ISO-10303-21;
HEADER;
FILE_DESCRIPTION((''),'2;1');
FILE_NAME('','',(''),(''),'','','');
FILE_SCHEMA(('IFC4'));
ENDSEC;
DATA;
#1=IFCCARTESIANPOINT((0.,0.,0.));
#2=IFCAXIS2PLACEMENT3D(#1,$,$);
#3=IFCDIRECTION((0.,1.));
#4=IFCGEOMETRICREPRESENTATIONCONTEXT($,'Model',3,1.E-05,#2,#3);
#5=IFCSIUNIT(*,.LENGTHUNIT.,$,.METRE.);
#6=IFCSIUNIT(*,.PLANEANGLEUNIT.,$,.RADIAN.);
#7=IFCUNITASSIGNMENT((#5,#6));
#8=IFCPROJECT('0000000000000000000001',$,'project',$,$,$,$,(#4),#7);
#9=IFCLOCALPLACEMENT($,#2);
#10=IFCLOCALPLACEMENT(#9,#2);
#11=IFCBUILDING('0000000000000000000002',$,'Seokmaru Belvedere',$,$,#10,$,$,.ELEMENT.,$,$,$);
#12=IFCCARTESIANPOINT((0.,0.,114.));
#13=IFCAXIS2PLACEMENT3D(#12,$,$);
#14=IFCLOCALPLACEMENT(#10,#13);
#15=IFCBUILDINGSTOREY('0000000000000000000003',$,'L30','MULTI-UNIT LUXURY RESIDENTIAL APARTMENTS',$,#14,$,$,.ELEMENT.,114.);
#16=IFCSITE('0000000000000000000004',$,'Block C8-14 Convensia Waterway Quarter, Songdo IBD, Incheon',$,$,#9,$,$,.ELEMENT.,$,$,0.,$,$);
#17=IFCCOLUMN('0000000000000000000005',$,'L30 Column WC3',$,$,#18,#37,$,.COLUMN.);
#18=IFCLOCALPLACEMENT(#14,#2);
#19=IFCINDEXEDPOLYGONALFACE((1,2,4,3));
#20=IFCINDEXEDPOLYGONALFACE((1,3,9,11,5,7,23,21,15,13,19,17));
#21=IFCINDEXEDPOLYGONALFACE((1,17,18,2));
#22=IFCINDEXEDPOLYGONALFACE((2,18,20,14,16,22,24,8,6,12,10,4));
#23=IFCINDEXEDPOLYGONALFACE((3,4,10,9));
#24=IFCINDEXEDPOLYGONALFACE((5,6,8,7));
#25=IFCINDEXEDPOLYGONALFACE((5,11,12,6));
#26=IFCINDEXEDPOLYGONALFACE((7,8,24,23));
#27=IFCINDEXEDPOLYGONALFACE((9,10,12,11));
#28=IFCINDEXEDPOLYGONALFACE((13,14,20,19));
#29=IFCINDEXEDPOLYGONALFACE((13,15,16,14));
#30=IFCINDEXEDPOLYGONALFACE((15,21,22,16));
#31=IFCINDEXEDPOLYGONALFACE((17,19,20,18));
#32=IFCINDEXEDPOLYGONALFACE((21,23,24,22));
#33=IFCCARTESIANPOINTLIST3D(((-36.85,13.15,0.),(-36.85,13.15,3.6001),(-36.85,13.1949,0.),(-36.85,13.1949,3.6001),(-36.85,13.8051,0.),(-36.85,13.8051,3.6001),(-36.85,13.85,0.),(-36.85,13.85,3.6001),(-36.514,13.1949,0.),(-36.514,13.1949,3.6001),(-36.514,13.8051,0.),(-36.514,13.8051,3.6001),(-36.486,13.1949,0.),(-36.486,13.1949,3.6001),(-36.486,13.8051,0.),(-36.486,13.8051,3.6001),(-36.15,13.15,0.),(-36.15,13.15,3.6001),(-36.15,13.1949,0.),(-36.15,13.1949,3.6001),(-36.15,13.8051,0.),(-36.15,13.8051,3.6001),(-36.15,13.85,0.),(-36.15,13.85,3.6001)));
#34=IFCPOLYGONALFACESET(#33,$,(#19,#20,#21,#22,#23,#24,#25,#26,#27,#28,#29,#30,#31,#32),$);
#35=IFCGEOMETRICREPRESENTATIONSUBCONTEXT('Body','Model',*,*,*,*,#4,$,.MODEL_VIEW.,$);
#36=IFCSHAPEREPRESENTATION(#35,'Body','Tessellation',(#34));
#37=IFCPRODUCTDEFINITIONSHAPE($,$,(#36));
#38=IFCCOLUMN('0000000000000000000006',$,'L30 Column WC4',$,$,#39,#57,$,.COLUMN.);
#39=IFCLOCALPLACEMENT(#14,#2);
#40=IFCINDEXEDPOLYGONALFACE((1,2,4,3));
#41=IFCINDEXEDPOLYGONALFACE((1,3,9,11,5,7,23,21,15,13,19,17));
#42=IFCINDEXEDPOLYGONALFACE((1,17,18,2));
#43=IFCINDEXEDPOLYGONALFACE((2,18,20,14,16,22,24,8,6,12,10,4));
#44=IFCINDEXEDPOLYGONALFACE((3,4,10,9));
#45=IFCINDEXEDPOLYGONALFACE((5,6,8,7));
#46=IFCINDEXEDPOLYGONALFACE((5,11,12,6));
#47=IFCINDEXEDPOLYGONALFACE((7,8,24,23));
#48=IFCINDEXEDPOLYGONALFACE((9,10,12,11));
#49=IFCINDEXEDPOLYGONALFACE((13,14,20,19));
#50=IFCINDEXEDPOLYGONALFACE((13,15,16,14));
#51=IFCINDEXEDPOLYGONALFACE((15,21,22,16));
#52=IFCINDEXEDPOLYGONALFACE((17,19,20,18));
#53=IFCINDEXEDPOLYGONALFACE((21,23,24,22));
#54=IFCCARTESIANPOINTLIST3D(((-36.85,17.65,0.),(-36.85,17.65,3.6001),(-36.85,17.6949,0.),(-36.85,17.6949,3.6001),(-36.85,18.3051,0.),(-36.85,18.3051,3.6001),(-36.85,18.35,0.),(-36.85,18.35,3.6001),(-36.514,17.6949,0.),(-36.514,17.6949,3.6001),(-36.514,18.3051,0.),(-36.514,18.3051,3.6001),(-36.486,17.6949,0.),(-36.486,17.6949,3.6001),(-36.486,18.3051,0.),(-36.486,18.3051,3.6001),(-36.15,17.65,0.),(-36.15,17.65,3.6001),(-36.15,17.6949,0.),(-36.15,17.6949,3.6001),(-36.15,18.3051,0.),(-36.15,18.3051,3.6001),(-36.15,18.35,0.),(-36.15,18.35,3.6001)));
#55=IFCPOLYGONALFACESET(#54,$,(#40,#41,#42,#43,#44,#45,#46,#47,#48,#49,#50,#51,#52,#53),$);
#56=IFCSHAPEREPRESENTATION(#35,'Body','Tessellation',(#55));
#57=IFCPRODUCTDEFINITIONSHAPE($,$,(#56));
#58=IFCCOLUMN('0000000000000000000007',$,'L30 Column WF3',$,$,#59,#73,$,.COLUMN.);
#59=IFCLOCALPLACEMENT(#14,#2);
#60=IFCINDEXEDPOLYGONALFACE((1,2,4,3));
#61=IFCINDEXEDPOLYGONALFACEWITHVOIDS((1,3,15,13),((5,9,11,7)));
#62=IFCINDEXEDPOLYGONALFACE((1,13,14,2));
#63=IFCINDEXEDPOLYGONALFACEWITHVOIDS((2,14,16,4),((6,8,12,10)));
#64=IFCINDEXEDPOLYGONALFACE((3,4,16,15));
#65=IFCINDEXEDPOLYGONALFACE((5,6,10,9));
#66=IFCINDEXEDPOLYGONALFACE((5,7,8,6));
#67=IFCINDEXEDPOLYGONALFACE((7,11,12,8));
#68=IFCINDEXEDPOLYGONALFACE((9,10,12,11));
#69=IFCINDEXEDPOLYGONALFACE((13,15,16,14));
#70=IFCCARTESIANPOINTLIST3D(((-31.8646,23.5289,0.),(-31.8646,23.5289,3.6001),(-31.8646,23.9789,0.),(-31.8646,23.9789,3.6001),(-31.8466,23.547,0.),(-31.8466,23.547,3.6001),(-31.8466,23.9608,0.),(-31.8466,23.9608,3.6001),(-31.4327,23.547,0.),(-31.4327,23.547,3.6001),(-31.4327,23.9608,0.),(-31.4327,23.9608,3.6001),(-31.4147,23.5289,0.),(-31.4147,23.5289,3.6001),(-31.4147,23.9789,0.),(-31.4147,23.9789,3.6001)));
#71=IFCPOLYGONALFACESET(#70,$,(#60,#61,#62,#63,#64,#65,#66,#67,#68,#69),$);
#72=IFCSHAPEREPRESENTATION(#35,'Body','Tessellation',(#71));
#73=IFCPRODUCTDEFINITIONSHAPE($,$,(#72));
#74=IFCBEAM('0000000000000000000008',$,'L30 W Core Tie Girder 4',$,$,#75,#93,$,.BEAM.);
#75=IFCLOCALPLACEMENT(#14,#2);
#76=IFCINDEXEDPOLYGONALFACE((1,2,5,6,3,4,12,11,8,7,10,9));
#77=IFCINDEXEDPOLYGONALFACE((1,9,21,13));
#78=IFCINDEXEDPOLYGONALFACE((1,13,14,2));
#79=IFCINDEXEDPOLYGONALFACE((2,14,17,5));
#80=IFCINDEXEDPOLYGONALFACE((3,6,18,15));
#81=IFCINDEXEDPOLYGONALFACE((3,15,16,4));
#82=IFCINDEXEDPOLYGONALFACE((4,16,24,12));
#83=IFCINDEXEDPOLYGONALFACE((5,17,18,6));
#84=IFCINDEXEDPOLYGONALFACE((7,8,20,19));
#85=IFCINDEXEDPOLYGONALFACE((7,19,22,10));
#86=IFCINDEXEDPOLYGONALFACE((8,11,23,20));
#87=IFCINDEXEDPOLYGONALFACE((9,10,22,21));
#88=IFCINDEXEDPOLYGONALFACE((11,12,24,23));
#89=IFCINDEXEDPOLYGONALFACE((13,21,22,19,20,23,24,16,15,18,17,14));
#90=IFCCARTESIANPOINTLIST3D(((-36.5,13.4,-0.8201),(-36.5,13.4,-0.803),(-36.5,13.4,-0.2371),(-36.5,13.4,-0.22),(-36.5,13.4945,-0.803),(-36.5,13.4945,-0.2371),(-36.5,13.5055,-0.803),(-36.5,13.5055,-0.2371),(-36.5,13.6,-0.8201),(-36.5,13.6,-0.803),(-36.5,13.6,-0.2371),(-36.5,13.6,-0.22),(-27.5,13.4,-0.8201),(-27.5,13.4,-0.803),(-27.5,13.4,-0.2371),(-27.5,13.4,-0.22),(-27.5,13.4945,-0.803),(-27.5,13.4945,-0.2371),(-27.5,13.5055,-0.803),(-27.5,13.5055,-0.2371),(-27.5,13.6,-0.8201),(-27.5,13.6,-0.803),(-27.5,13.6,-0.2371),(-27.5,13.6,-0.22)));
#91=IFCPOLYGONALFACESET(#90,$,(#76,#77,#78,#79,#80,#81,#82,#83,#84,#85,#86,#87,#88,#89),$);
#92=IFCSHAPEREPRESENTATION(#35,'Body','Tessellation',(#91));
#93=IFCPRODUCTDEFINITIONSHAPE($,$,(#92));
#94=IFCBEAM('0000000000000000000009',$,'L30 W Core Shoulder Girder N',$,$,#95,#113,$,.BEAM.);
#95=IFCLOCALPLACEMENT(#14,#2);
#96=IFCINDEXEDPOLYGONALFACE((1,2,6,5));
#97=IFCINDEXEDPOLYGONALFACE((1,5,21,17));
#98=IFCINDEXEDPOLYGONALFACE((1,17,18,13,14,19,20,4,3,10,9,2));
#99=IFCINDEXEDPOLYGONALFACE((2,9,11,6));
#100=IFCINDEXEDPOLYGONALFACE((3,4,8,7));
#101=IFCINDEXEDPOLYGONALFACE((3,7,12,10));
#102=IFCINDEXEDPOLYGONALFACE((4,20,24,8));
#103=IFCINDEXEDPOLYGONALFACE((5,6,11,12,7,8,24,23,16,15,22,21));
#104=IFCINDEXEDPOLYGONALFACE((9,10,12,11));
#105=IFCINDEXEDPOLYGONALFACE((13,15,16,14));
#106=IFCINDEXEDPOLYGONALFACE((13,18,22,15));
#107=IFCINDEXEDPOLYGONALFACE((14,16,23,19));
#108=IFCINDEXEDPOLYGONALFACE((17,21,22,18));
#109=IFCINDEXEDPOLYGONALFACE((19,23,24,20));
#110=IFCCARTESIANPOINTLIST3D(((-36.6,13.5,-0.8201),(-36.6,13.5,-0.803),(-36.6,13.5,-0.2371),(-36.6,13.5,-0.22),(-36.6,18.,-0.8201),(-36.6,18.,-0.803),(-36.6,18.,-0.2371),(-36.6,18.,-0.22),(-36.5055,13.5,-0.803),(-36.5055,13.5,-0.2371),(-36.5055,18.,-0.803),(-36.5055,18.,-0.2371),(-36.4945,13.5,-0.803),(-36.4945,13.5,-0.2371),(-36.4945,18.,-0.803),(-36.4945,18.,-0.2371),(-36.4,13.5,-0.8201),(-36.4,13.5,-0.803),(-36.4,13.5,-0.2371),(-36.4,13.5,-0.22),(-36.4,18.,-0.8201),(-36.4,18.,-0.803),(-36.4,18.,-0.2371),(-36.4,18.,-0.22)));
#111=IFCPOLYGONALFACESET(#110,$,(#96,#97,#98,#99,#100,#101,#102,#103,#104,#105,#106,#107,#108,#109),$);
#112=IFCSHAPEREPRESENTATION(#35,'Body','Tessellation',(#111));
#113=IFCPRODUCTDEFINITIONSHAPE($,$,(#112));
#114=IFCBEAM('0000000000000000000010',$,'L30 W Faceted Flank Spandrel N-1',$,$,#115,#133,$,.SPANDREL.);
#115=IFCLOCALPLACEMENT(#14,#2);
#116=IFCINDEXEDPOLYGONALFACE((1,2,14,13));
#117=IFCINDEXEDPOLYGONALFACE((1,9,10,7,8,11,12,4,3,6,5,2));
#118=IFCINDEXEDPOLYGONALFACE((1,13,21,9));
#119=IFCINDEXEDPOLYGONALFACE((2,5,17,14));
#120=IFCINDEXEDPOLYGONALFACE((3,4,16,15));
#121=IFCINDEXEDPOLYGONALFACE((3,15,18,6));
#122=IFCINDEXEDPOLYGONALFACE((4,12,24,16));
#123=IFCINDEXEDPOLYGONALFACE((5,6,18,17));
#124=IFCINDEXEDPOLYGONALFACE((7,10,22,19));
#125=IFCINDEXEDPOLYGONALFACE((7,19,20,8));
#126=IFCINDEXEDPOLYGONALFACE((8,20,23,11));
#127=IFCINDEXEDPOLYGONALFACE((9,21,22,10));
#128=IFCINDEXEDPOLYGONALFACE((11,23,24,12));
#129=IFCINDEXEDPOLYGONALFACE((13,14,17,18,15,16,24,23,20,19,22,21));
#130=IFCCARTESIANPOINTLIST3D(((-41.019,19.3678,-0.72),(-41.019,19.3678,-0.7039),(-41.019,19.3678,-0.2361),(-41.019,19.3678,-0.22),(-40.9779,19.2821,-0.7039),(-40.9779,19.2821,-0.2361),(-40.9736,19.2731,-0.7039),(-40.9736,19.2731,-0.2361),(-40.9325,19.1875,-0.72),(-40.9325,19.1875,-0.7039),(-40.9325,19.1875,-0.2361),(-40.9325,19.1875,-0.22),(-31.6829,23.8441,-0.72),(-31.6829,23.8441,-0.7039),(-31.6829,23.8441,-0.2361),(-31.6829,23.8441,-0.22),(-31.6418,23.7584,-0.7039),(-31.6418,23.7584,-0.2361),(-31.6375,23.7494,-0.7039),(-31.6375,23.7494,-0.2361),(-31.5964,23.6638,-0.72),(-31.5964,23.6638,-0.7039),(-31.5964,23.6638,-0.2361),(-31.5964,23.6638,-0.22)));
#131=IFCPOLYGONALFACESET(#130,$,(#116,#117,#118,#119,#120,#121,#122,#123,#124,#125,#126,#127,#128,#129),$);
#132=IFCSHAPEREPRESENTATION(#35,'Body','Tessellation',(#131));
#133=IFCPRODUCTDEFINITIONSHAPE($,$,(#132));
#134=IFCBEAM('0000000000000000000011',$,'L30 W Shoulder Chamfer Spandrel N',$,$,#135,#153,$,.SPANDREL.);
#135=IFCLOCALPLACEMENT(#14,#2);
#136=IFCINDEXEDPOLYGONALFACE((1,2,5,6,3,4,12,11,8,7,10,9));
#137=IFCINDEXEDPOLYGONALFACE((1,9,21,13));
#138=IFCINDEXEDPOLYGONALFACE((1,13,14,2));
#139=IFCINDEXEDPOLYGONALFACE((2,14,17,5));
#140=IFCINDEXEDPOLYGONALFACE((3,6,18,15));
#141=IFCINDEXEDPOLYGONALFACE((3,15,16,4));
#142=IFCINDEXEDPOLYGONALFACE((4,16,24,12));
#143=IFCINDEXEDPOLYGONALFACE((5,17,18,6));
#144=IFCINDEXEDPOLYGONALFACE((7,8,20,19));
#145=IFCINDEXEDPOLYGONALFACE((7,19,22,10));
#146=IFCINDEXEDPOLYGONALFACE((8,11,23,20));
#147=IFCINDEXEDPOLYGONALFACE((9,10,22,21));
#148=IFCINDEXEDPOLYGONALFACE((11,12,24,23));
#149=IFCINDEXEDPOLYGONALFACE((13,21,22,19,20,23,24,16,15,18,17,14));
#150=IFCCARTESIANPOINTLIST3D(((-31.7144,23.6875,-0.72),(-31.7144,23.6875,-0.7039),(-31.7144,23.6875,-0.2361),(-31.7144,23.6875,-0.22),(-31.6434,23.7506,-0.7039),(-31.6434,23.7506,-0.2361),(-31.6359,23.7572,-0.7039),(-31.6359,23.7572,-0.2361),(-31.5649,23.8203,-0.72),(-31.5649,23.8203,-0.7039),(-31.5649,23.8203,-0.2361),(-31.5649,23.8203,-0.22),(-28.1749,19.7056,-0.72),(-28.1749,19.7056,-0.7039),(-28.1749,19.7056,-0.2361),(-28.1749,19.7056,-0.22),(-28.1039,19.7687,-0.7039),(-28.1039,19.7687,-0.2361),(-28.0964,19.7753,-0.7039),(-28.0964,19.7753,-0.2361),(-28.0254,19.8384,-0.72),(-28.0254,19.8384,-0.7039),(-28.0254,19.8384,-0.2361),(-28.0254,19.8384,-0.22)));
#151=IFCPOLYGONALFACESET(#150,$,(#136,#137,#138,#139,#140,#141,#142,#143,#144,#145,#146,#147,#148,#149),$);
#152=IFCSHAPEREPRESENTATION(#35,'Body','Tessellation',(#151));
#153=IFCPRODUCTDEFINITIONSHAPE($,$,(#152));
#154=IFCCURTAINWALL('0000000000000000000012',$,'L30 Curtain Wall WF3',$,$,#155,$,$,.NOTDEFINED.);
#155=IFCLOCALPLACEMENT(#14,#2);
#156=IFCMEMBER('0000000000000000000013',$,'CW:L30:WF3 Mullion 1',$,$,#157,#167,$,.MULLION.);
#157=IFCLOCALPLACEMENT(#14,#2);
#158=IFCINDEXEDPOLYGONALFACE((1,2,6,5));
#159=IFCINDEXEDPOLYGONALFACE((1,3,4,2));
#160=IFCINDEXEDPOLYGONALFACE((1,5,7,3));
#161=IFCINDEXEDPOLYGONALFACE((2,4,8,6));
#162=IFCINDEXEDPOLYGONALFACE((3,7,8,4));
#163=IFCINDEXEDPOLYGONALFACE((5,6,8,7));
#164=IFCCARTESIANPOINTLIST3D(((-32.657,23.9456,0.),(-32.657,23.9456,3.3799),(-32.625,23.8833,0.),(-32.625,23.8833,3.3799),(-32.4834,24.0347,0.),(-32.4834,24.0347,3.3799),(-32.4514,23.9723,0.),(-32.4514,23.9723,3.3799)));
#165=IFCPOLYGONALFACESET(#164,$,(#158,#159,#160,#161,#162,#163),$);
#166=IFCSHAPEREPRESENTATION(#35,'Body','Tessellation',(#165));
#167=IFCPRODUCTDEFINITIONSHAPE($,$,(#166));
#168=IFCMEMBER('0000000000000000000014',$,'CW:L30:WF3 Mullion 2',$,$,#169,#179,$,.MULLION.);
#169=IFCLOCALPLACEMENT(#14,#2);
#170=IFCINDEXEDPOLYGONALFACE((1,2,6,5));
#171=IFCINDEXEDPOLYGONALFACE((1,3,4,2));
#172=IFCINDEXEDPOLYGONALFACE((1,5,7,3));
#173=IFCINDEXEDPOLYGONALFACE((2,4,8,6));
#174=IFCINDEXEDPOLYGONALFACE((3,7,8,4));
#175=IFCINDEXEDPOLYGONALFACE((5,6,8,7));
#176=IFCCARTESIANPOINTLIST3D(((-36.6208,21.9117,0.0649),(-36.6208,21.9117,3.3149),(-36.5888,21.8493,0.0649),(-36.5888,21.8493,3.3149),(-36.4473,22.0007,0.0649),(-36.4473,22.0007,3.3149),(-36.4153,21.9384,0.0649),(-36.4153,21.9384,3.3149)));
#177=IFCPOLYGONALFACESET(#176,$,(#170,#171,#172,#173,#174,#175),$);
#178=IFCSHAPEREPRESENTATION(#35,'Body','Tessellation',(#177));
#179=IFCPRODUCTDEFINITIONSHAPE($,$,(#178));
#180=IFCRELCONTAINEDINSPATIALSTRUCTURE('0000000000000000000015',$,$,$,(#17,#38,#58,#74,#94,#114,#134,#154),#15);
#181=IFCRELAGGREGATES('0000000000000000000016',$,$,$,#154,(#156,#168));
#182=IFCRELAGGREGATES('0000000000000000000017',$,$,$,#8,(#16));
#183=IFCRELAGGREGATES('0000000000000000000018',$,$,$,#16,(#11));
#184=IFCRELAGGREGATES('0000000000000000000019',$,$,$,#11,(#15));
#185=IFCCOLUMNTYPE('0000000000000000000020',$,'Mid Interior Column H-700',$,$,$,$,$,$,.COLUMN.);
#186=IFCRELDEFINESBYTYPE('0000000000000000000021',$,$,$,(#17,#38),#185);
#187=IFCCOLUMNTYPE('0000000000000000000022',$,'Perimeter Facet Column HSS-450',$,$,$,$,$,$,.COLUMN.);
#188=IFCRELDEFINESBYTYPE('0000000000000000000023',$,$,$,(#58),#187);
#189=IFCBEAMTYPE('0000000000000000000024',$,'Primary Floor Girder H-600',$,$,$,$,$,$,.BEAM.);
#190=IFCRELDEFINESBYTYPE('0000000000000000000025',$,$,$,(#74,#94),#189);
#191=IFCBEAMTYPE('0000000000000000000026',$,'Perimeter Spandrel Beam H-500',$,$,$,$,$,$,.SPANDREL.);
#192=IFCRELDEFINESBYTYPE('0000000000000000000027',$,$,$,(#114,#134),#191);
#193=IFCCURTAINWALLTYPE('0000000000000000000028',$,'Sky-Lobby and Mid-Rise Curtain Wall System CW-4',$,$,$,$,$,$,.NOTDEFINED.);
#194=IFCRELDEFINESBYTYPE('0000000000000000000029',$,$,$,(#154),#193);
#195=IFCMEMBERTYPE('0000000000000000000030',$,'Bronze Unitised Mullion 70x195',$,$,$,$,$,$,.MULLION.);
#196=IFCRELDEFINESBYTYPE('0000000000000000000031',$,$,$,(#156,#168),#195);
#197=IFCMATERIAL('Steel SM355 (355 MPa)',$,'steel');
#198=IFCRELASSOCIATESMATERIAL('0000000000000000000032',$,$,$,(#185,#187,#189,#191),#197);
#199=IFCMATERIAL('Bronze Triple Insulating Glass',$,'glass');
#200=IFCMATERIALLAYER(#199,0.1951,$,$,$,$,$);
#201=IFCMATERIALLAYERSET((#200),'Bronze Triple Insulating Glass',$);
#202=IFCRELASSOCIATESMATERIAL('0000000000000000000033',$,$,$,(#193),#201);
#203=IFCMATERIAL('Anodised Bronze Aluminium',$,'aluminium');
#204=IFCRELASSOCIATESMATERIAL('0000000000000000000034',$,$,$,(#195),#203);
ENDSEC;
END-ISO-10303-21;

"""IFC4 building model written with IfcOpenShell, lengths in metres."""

from ifc_helpers import new_model, si_unit, direction, frame, origin, origin_2d, place, context, subcontext, project, spatial, rectangle, hollow_rectangle, i_section, extrude, source, transform, mapped, material, layer, layer_set, material_profile, profile_set, type_object, type_shapes, element, aggregate, save


model = new_model("IFC4")

# Units and contexts
model_context = context("Model", 3, precision=1e-05, world=origin(), true_north=direction((0.0, 1.0)))
body_context = subcontext(model_context, "Body", "Model", "MODEL_VIEW")
ifc_project = project(units=[si_unit("LENGTHUNIT", "METRE"), si_unit("PLANEANGLEUNIT", "RADIAN")], contexts=[model_context])

# Site, building, storey
site_placement = place(None, origin())
site = spatial("IfcSite", under=ifc_project, at=site_placement, Name="Block C8-14 Convensia Waterway Quarter, Songdo IBD, Incheon", CompositionType="ELEMENT", RefElevation=0.0)
building_placement = place(site_placement, origin())
building = spatial("IfcBuilding", under=site, at=building_placement, Name="Seokmaru Belvedere", CompositionType="ELEMENT")
storey_placement = place(building_placement, frame((0.0, 0.0, 114.0)))
storey = spatial("IfcBuildingStorey", under=building, at=storey_placement, Name="L30", Description="MULTI-UNIT LUXURY RESIDENTIAL APARTMENTS", CompositionType="ELEMENT", Elevation=114.0)

# Columns
ifc_material_1 = material(Name="Steel SM355 (355 MPa)", Category="steel")
ifc_material_profile_1 = material_profile(ifc_material_1, i_section(OverallWidth=0.7, OverallDepth=0.7, WebThickness=0.0281, FlangeThickness=0.0449, at=origin_2d()), Name="H-700x700x28x45")
ifc_profile_set_1 = profile_set([ifc_material_profile_1], Name="Steel SM355 (355 MPa)")
column_type_1 = type_object("IfcColumnType", Name="Mid Interior Column H-700", PredefinedType="COLUMN", material=ifc_profile_set_1)
shared_shape_1 = source(origin(), body_context, "Body", "SweptSolid", [
    extrude(i_section(OverallWidth=0.7, OverallDepth=0.7, WebThickness=0.0281, FlangeThickness=0.0449, at=origin_2d()), origin(), (0.0, 0.0, 1.0), 3.6001),
])
type_shapes(column_type_1, [shared_shape_1])
for number, where, z_axis, x_axis, name in (
    (1, (-36.5, 13.5, 0.0), (0.0, 0.0, 1.0), (1.0, 0.0, 0.0), "L30 Column WC3"),
    (2, (-36.5, 18.0, 0.0), (0.0, 0.0, 1.0), (1.0, 0.0, 0.0), "L30 Column WC4"),
):
    element("IfcColumn", number, at=place(storey_placement, frame(where, z_axis=z_axis, x_axis=x_axis)), inside=storey, type_object=column_type_1, Name=name, PredefinedType="COLUMN", context=body_context, shape_type="MappedRepresentation", body=[
        mapped(shared_shape_1, transform((0.0, 0.0, 0.0), scale=1.0)),
    ])
ifc_material_profile_2 = material_profile(ifc_material_1, hollow_rectangle(XDim=0.45, YDim=0.45, WallThickness=0.0181, at=origin_2d()), Name="HSS-450x450x18")
ifc_profile_set_2 = profile_set([ifc_material_profile_2], Name="Steel SM355 (355 MPa)")
column_type_2 = type_object("IfcColumnType", Name="Perimeter Facet Column HSS-450", PredefinedType="COLUMN", material=ifc_profile_set_2)
shared_shape_2 = source(origin(), body_context, "Body", "SweptSolid", [
    extrude(hollow_rectangle(XDim=0.45, YDim=0.45, WallThickness=0.0181, at=origin_2d()), origin(), (0.0, 0.0, 1.0), 3.6001),
])
type_shapes(column_type_2, [shared_shape_2])
column_placement = place(storey_placement, frame((-31.6396, 23.7539, 0.0), z_axis=(0.0, 0.0, 1.0), x_axis=(1.0, 0.0, 0.0)))
element("IfcColumn", 3, at=column_placement, inside=storey, type_object=column_type_2, Name="L30 Column WF3", PredefinedType="COLUMN", context=body_context, shape_type="MappedRepresentation", body=[
    mapped(shared_shape_2, transform((0.0, 0.0, 0.0), scale=1.0)),
])

# Beams
ifc_material_profile_3 = material_profile(ifc_material_1, i_section(OverallWidth=0.2, OverallDepth=0.6001, WebThickness=0.011, FlangeThickness=0.0171, at=origin_2d()), Name="H-600x200x11x17")
ifc_profile_set_3 = profile_set([ifc_material_profile_3], Name="Steel SM355 (355 MPa)")
beam_type_1 = type_object("IfcBeamType", Name="Primary Floor Girder H-600", PredefinedType="BEAM", material=ifc_profile_set_3)
shared_shape_3 = source(origin(), body_context, "Body", "SweptSolid", [
    extrude(i_section(OverallWidth=0.2, OverallDepth=0.6001, WebThickness=0.011, FlangeThickness=0.0171, at=origin_2d()), origin(), (0.0, 0.0, 1.0), 9.0),
])
beam_1_placement = place(storey_placement, frame((-36.5, 13.5, -0.52), z_axis=(1.0, 0.0, 0.0), x_axis=(0.0, 1.0, 0.0)))
element("IfcBeam", 4, at=beam_1_placement, inside=storey, type_object=beam_type_1, Name="L30 W Core Tie Girder 4", PredefinedType="BEAM", context=body_context, shape_type="MappedRepresentation", body=[
    mapped(shared_shape_3, transform((0.0, 0.0, 0.0), scale=1.0)),
])
shared_shape_4 = source(origin(), body_context, "Body", "SweptSolid", [
    extrude(i_section(OverallWidth=0.2, OverallDepth=0.6001, WebThickness=0.011, FlangeThickness=0.0171, at=origin_2d()), origin(), (0.0, 0.0, 1.0), 4.5),
])
type_shapes(beam_type_1, [shared_shape_3, shared_shape_4])
beam_2_placement = place(storey_placement, frame((-36.5, 13.5, -0.52), z_axis=(0.0, 1.0, 0.0), x_axis=(-1.0, 0.0, 0.0)))
element("IfcBeam", 5, at=beam_2_placement, inside=storey, type_object=beam_type_1, Name="L30 W Core Shoulder Girder N", PredefinedType="BEAM", context=body_context, shape_type="MappedRepresentation", body=[
    mapped(shared_shape_4, transform((0.0, 0.0, 0.0), scale=1.0)),
])
ifc_material_profile_4 = material_profile(ifc_material_1, i_section(OverallWidth=0.2, OverallDepth=0.5, WebThickness=0.01, FlangeThickness=0.0161, at=origin_2d()), Name="H-500x200x10x16")
ifc_profile_set_4 = profile_set([ifc_material_profile_4], Name="Steel SM355 (355 MPa)")
beam_type_2 = type_object("IfcBeamType", Name="Perimeter Spandrel Beam H-500", PredefinedType="SPANDREL", material=ifc_profile_set_4)
shared_shape_5 = source(origin(), body_context, "Body", "SweptSolid", [
    extrude(i_section(OverallWidth=0.2, OverallDepth=0.5, WebThickness=0.01, FlangeThickness=0.0161, at=origin_2d()), origin(), (0.0, 0.0, 1.0), 10.3538),
])
beam_3_placement = place(storey_placement, frame((-31.6396, 23.7539, -0.47), z_axis=(-0.901713, -0.432335, 0.0), x_axis=(0.432335, -0.901713, 0.0)))
element("IfcBeam", 6, at=beam_3_placement, inside=storey, type_object=beam_type_2, Name="L30 W Faceted Flank Spandrel N-1", PredefinedType="SPANDREL", context=body_context, shape_type="MappedRepresentation", body=[
    mapped(shared_shape_5, transform((0.0, 0.0, 0.0), scale=1.0)),
])
shared_shape_6 = source(origin(), body_context, "Body", "SweptSolid", [
    extrude(i_section(OverallWidth=0.2, OverallDepth=0.5, WebThickness=0.01, FlangeThickness=0.0161, at=origin_2d()), origin(), (0.0, 0.0, 1.0), 5.3276),
])
type_shapes(beam_type_2, [shared_shape_5, shared_shape_6])
beam_4_placement = place(storey_placement, frame((-31.6396, 23.7539, -0.47), z_axis=(0.66437, -0.747404, 0.0), x_axis=(0.747404, 0.66437, 0.0)))
element("IfcBeam", 7, at=beam_4_placement, inside=storey, type_object=beam_type_2, Name="L30 W Shoulder Chamfer Spandrel N", PredefinedType="SPANDREL", context=body_context, shape_type="MappedRepresentation", body=[
    mapped(shared_shape_6, transform((0.0, 0.0, 0.0), scale=1.0)),
])

# Curtain wall, members
ifc_material_2 = material(Name="Bronze Triple Insulating Glass", Category="glass")
ifc_layer_1 = layer(ifc_material_2, 0.1951)
ifc_layer_set_1 = layer_set([ifc_layer_1], Name="Bronze Triple Insulating Glass")
curtain_wall_type = type_object("IfcCurtainWallType", Name="Sky-Lobby and Mid-Rise Curtain Wall System CW-4", PredefinedType="NOTDEFINED", material=ifc_layer_set_1)
curtain_wall_placement = place(storey_placement, origin())
curtain_wall = element("IfcCurtainWall", 8, at=curtain_wall_placement, inside=storey, type_object=curtain_wall_type, Name="L30 Curtain Wall WF3", PredefinedType="NOTDEFINED")
ifc_material_3 = material(Name="Anodised Bronze Aluminium", Category="aluminium")
ifc_material_profile_5 = material_profile(ifc_material_3, rectangle(XDim=0.0701, YDim=0.1951, at=origin_2d()), Name="CW-M-70x195")
ifc_profile_set_5 = profile_set([ifc_material_profile_5], Name="Anodised Bronze Aluminium")
member_type_1 = type_object("IfcMemberType", Name="Bronze Unitised Mullion 70x195", PredefinedType="MULLION", material=ifc_profile_set_5)
shared_shape_7 = source(origin(), body_context, "Body", "SweptSolid", [
    extrude(rectangle(XDim=0.0701, YDim=0.1951, at=origin_2d()), origin(), (0.0, 0.0, 1.0), 3.3799),
])
member_1_placement = place(storey_placement, frame((-32.5542, 23.959, 0.0), z_axis=(0.0, 0.0, 1.0), x_axis=(0.456555, -0.889695, 0.0)))
member_1 = element("IfcMember", 9, at=member_1_placement, type_object=member_type_1, Name="CW:L30:WF3 Mullion 1", PredefinedType="MULLION", context=body_context, shape_type="MappedRepresentation", body=[
    mapped(shared_shape_7, transform((0.0, 0.0, 0.0), scale=1.0)),
])
shared_shape_8 = source(origin(), body_context, "Body", "SweptSolid", [
    extrude(rectangle(XDim=0.0701, YDim=0.1951, at=origin_2d()), origin(), (0.0, 0.0, 1.0), 3.25),
])
type_shapes(member_type_1, [shared_shape_7, shared_shape_8])
member_2_placement = place(storey_placement, frame((-36.5181, 21.925, 0.0649), z_axis=(0.0, 0.0, 1.0), x_axis=(0.456555, -0.889695, 0.0)))
member_2 = element("IfcMember", 10, at=member_2_placement, type_object=member_type_1, Name="CW:L30:WF3 Mullion 2", PredefinedType="MULLION", context=body_context, shape_type="MappedRepresentation", body=[
    mapped(shared_shape_8, transform((0.0, 0.0, 0.0), scale=1.0)),
])
aggregate(curtain_wall, [member_1, member_2])

save(model, "model.ifc")
